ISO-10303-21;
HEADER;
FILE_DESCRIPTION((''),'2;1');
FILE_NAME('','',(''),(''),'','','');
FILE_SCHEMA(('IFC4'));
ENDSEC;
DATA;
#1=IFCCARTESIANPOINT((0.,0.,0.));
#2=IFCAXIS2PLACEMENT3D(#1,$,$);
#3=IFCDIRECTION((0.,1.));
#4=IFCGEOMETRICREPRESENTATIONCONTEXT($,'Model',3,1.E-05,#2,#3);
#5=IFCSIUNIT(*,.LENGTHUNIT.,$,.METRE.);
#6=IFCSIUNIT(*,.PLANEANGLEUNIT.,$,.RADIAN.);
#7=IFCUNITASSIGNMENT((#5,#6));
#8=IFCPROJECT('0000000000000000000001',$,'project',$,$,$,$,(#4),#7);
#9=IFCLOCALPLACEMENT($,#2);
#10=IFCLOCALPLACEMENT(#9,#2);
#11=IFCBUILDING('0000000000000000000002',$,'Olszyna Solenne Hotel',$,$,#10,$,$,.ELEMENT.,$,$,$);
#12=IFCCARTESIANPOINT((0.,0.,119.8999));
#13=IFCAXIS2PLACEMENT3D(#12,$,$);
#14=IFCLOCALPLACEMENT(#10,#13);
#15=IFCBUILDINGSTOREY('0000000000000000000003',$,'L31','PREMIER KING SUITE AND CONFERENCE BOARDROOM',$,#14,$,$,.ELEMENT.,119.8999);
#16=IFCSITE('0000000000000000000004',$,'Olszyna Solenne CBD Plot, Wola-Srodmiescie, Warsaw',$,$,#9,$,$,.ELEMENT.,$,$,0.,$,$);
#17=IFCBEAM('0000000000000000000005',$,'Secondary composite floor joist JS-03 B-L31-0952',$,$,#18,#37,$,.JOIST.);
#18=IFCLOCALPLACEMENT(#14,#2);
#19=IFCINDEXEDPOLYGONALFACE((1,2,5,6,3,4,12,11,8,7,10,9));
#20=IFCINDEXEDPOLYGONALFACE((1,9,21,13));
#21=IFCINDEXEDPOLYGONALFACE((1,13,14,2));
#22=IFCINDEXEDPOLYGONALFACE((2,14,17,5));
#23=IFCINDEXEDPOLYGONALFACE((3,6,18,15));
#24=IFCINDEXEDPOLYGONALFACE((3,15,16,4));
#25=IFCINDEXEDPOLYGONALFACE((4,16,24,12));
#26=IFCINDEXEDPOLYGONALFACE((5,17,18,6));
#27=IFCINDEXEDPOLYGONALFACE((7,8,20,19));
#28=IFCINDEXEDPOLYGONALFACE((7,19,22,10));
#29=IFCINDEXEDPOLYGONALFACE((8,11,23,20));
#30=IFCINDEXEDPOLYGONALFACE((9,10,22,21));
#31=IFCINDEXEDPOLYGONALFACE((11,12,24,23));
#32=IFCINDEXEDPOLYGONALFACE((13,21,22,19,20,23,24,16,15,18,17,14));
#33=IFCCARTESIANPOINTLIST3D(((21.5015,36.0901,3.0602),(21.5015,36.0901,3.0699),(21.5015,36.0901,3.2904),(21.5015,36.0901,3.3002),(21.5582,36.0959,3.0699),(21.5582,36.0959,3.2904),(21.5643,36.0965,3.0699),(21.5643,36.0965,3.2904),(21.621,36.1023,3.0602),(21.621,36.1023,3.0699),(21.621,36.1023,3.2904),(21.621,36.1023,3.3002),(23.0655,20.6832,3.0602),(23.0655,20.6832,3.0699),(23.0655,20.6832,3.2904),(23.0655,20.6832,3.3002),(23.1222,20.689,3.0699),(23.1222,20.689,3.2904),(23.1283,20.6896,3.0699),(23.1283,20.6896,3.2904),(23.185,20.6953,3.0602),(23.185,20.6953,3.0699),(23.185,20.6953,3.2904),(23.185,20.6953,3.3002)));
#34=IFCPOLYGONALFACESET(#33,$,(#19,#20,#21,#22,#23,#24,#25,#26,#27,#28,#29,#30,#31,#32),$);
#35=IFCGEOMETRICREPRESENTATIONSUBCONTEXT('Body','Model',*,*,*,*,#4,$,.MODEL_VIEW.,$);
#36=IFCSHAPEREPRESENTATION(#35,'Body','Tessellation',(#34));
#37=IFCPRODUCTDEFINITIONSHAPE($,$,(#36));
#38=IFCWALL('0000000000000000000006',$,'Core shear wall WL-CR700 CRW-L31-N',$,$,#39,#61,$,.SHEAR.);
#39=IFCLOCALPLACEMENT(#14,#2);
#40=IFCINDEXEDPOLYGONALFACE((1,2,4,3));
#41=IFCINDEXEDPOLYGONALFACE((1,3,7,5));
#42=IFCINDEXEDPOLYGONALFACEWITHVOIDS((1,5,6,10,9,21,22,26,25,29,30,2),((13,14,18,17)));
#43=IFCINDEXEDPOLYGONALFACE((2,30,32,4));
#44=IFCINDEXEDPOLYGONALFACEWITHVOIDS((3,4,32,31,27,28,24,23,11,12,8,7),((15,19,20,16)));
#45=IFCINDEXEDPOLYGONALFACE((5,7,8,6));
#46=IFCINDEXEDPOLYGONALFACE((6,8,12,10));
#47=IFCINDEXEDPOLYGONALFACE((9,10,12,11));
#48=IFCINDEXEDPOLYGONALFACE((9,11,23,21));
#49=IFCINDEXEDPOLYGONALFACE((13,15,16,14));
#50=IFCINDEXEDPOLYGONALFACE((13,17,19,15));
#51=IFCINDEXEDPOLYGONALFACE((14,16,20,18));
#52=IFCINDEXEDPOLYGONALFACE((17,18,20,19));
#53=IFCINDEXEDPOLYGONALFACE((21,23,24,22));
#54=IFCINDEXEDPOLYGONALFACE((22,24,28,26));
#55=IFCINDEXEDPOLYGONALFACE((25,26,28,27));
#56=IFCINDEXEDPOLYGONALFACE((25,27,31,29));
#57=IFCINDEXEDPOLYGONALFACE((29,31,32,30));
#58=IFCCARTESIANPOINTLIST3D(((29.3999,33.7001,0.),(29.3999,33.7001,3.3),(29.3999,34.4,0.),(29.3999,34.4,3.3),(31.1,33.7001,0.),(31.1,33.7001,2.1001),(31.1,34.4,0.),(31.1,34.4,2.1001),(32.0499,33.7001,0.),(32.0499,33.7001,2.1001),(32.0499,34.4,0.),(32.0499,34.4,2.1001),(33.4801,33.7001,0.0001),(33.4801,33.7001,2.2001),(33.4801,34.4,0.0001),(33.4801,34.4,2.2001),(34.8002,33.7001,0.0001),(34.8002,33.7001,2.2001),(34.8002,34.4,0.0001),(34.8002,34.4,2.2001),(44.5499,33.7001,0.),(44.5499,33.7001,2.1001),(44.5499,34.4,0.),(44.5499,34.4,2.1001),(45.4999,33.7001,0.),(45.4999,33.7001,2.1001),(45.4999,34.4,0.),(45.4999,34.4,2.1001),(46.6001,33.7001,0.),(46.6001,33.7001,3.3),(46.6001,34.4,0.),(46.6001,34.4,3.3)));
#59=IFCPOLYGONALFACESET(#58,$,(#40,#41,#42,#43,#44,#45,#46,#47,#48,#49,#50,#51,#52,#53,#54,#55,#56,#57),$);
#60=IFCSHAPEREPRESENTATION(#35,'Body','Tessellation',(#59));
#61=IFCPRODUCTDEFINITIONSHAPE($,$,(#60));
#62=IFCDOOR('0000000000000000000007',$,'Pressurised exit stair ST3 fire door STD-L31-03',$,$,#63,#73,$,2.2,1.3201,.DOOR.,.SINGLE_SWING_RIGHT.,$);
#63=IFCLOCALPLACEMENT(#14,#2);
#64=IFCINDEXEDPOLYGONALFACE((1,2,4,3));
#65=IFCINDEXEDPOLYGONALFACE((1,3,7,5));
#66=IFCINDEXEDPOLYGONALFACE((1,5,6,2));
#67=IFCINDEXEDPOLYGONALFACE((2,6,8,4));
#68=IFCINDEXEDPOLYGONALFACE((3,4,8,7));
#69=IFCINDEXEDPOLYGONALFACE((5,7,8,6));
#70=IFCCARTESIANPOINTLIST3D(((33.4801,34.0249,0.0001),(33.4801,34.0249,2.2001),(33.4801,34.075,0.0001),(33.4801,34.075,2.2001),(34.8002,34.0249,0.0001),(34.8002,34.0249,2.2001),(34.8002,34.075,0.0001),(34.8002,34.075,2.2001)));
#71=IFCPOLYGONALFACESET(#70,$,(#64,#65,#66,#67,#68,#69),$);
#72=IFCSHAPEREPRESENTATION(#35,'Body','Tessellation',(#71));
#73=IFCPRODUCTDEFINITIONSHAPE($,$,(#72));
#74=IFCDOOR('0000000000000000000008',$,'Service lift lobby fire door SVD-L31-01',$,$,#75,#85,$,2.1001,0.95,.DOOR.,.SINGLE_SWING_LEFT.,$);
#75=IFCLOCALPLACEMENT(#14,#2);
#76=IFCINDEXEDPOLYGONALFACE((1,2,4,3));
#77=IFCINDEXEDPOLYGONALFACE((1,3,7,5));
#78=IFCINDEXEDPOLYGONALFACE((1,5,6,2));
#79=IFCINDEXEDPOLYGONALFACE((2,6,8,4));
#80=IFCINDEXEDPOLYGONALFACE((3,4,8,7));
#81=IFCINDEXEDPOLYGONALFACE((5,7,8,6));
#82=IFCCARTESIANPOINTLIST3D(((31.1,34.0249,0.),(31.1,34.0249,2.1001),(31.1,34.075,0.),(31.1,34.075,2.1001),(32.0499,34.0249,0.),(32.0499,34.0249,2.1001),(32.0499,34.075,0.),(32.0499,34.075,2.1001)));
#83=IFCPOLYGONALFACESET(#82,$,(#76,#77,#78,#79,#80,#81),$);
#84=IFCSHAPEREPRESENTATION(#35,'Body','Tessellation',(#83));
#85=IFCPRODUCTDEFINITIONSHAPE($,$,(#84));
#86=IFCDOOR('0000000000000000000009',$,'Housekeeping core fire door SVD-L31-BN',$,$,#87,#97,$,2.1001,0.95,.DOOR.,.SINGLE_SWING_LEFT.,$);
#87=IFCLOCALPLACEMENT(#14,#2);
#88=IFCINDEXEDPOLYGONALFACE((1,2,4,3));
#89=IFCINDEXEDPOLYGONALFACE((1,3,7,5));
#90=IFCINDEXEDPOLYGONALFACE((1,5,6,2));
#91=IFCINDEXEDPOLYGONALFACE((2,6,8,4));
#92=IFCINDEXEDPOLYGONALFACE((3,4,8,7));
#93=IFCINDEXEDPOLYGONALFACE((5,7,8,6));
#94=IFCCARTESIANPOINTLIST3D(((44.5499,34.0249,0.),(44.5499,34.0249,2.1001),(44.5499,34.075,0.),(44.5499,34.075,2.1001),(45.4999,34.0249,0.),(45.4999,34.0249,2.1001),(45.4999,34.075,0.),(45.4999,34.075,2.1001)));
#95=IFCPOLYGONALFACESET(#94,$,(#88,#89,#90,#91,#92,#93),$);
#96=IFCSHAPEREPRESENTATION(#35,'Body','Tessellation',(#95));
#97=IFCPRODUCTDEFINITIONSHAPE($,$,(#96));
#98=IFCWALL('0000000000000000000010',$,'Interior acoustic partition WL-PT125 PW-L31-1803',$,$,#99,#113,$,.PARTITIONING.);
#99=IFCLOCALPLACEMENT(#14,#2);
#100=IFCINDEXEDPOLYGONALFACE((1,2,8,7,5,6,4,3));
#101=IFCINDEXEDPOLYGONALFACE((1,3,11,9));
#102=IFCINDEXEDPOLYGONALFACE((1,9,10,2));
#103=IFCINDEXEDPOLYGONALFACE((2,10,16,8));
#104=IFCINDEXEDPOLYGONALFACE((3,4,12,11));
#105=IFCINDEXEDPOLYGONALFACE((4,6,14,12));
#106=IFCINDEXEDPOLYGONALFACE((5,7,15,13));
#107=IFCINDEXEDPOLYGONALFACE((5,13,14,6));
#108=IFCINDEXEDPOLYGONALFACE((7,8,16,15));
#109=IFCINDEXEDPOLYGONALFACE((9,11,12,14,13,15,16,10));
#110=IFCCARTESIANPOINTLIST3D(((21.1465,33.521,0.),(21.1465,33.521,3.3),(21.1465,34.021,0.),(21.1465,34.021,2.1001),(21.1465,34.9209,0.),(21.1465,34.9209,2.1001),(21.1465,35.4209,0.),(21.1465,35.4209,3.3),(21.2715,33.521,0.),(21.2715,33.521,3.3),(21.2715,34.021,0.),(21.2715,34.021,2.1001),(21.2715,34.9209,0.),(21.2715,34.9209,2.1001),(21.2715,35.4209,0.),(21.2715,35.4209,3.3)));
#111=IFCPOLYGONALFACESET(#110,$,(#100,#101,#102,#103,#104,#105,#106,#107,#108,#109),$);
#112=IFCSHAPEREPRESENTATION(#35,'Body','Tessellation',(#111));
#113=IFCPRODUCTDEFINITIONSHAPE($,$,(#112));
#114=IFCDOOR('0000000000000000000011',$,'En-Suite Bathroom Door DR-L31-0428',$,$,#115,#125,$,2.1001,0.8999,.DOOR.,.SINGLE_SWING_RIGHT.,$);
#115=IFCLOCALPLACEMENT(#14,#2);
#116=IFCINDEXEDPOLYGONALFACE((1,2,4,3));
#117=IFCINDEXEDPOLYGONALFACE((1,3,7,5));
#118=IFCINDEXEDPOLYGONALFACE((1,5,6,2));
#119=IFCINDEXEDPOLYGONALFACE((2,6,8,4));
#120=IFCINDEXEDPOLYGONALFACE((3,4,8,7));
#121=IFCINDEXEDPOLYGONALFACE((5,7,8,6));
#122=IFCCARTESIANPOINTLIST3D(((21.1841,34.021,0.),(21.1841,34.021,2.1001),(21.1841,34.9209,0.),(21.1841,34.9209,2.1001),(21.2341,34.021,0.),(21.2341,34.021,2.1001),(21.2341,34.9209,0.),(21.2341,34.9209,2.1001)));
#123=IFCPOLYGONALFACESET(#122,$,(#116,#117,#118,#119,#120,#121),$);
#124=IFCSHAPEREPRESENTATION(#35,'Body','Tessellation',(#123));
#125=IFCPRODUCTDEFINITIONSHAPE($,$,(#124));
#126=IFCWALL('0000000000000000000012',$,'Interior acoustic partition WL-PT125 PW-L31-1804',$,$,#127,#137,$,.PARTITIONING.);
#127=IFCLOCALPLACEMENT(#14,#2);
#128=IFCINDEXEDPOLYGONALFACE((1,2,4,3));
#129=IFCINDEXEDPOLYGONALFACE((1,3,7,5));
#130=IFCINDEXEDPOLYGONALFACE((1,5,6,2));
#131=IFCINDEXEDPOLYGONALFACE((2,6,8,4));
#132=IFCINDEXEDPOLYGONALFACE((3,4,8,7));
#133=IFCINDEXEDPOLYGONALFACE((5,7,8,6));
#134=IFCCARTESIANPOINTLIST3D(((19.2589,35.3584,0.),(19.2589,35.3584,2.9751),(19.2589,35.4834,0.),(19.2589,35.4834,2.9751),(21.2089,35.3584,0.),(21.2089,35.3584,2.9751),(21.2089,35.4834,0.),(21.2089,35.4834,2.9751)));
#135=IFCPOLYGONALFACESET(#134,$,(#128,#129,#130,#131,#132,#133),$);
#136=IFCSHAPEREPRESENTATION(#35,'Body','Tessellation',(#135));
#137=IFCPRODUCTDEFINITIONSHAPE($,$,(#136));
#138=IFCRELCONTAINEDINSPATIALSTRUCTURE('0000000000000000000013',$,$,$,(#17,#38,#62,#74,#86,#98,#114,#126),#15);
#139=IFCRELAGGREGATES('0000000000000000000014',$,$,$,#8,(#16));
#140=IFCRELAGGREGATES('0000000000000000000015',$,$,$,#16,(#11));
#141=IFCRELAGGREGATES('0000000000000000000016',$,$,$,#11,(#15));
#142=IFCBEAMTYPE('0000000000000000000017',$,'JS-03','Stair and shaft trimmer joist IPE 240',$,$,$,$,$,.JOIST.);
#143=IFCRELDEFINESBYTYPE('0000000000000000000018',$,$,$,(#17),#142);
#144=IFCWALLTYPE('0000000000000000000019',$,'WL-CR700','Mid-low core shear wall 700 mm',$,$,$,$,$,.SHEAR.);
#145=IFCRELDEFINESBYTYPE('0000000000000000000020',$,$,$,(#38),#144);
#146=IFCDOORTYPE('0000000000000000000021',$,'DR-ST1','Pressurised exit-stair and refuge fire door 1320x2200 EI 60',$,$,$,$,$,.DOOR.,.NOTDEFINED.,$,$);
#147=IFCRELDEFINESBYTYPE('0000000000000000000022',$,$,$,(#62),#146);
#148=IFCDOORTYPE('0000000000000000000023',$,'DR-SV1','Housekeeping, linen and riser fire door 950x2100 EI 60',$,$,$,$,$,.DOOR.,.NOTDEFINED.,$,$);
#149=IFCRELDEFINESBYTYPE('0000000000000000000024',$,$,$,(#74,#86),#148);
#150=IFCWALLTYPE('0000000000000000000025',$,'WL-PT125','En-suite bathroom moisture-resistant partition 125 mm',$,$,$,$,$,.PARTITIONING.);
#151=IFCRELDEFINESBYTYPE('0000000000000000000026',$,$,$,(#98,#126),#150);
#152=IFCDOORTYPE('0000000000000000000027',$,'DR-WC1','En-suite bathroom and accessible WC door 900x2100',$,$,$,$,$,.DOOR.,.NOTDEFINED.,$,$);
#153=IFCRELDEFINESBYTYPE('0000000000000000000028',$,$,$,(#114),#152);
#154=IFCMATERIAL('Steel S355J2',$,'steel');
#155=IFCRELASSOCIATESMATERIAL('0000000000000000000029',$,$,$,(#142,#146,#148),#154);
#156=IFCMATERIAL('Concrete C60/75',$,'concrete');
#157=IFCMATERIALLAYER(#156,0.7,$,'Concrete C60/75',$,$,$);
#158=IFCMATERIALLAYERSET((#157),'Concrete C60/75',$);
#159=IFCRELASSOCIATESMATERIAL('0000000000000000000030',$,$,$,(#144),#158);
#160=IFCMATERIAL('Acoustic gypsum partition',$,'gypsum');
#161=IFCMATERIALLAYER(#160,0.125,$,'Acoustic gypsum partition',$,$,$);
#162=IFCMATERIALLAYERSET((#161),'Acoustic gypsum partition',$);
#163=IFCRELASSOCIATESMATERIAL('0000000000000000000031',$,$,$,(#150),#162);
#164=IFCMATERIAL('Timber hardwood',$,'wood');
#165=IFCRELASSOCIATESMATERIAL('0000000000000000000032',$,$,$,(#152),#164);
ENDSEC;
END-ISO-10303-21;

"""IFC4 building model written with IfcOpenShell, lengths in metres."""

from ifc_helpers import new_model, si_unit, direction, frame, frame_2d, origin, origin_2d, place, context, subcontext, project, spatial, rectangle, i_section, extrude, source, transform, mapped, material, layer, layer_set, material_profile, profile_set, type_object, type_shapes, element, fill, save


model = new_model("IFC4")

# Units and contexts
model_context = context("Model", 3, precision=1e-05, world=origin(), true_north=direction((0.0, 1.0)))
body_context = subcontext(model_context, "Body", "Model", "MODEL_VIEW")
ifc_project = project(units=[si_unit("LENGTHUNIT", "METRE"), si_unit("PLANEANGLEUNIT", "RADIAN")], contexts=[model_context])

# Site, building, storey
site_placement = place(None, origin())
site = spatial("IfcSite", under=ifc_project, at=site_placement, Name="Olszyna Solenne CBD Plot, Wola-Srodmiescie, Warsaw", CompositionType="ELEMENT", RefElevation=0.0)
building_placement = place(site_placement, origin())
building = spatial("IfcBuilding", under=site, at=building_placement, Name="Olszyna Solenne Hotel", CompositionType="ELEMENT")
storey_placement = place(building_placement, frame((0.0, 0.0, 119.8999)))
storey = spatial("IfcBuildingStorey", under=building, at=storey_placement, Name="L31", Description="PREMIER KING SUITE AND CONFERENCE BOARDROOM", CompositionType="ELEMENT", Elevation=119.8999)

# Beam
ifc_material_1 = material(Name="Steel S355J2", Category="steel")
ifc_material_profile = material_profile(ifc_material_1, i_section(OverallWidth=0.1201, OverallDepth=0.24, WebThickness=0.0061, FlangeThickness=0.0098, at=origin_2d()), Name="IPE 240", Category="load-bearing")
ifc_profile_set = profile_set([ifc_material_profile], Name="Steel S355J2")
beam_type = type_object("IfcBeamType", Name="JS-03", Description="Stair and shaft trimmer joist IPE 240", PredefinedType="JOIST", material=ifc_profile_set)
shared_shape_1 = source(origin(), body_context, "Body", "SweptSolid", [
    extrude(i_section(OverallWidth=0.1201, OverallDepth=0.24, WebThickness=0.0061, FlangeThickness=0.0098, at=origin_2d()), origin(), (0.0, 0.0, 1.0), 15.4861),
])
beam_placement = place(storey_placement, frame((21.5613, 36.0962, 3.1802), z_axis=(0.100991, -0.994887, 0.0), x_axis=(0.994887, 0.100991, 0.0)))
element("IfcBeam", 1, at=beam_placement, inside=storey, type_object=beam_type, Name="Secondary composite floor joist JS-03 B-L31-0952", PredefinedType="JOIST", context=body_context, shape_type="MappedRepresentation", body=[
    mapped(shared_shape_1, transform((0.0, 0.0, 0.0), x_axis=(1.0, 0.0, 0.0), y_axis=(0.0, 1.0, 0.0), z_axis=(0.0, 0.0, 1.0), scale=1.0)),
])

# Wall, openings, doors
ifc_material_2 = material(Name="Concrete C60/75", Category="concrete")
ifc_layer_1 = layer(ifc_material_2, 0.7, Name="Concrete C60/75")
ifc_layer_set_1 = layer_set([ifc_layer_1], Name="Concrete C60/75")
wall_type_1 = type_object("IfcWallType", Name="WL-CR700", Description="Mid-low core shear wall 700 mm", PredefinedType="SHEAR", material=ifc_layer_set_1)
wall_1_placement = place(storey_placement, frame((29.3999, 34.05, 0.0), z_axis=(0.0, 0.0, 1.0), x_axis=(1.0, 0.0, 0.0)))
wall_1 = element("IfcWall", 2, at=wall_1_placement, inside=storey, type_object=wall_type_1, Name="Core shear wall WL-CR700 CRW-L31-N", PredefinedType="SHEAR", context=body_context, shape_type="SweptSolid", body=[
    extrude(rectangle(XDim=17.2002, YDim=0.7, at=frame_2d((8.6001, 0.0))), origin(), (0.0, 0.0, 1.0), 3.3),
])
opening_1_placement = place(wall_1_placement, frame((1.7, 0.0, 0.0)))
opening_1 = element("IfcOpeningElement", 3, at=opening_1_placement, cuts=wall_1, PredefinedType="OPENING", context=body_context, shape_type="SweptSolid", body=[
    extrude(rectangle(XDim=0.95, YDim=2.1001, at=frame_2d((0.4751, 1.05))), frame((0.0, 0.3599, 0.0), z_axis=(0.0, -1.0, 0.0), x_axis=(1.0, 0.0, 0.0)), (0.0, 0.0, 1.0), 0.72),
])
opening_2_placement = place(wall_1_placement, frame((4.0801, 0.0, 0.0)))
opening_2 = element("IfcOpeningElement", 4, at=opening_2_placement, cuts=wall_1, PredefinedType="OPENING", context=body_context, shape_type="SweptSolid", body=[
    extrude(rectangle(XDim=1.3201, YDim=2.2, at=frame_2d((0.6602, 1.1001))), frame((0.0, 0.3599, 0.0), z_axis=(0.0, -1.0, 0.0), x_axis=(1.0, 0.0, 0.0)), (0.0, 0.0, 1.0), 0.72),
])
opening_3_placement = place(wall_1_placement, frame((15.1499, 0.0, 0.0)))
opening_3 = element("IfcOpeningElement", 5, at=opening_3_placement, cuts=wall_1, PredefinedType="OPENING", context=body_context, shape_type="SweptSolid", body=[
    extrude(rectangle(XDim=0.95, YDim=2.1001, at=frame_2d((0.4751, 1.05))), frame((0.0, 0.3599, 0.0), z_axis=(0.0, -1.0, 0.0), x_axis=(1.0, 0.0, 0.0)), (0.0, 0.0, 1.0), 0.72),
])
door_type_1 = type_object("IfcDoorType", Name="DR-ST1", Description="Pressurised exit-stair and refuge fire door 1320x2200 EI 60", OperationType="NOTDEFINED", PredefinedType="DOOR", material=ifc_material_1)
shared_shape_2 = source(origin(), body_context, "Body", "SweptSolid", [
    extrude(rectangle(XDim=1.3201, YDim=2.2, at=frame_2d((0.6602, 1.1001))), frame((0.0, 0.0249, 0.0), z_axis=(0.0, -1.0, 0.0), x_axis=(1.0, 0.0, 0.0)), (0.0, 0.0, 1.0), 0.05),
])
type_shapes(door_type_1, [shared_shape_2])
door_1_placement = place(opening_2_placement, origin())
door_1 = element("IfcDoor", 6, at=door_1_placement, inside=storey, type_object=door_type_1, Name="Pressurised exit stair ST3 fire door STD-L31-03", OperationType="SINGLE_SWING_RIGHT", OverallHeight=2.2, OverallWidth=1.3201, PredefinedType="DOOR", context=body_context, shape_type="MappedRepresentation", body=[
    mapped(shared_shape_2, transform((0.0, 0.0, 0.0), x_axis=(1.0, 0.0, 0.0), y_axis=(0.0, 1.0, 0.0), z_axis=(0.0, 0.0, 1.0), scale=1.0)),
])
fill(opening_2, door_1)
door_type_2 = type_object("IfcDoorType", Name="DR-SV1", Description="Housekeeping, linen and riser fire door 950x2100 EI 60", OperationType="NOTDEFINED", PredefinedType="DOOR", material=ifc_material_1)
shared_shape_3 = source(origin(), body_context, "Body", "SweptSolid", [
    extrude(rectangle(XDim=0.95, YDim=2.1001, at=frame_2d((0.4751, 1.05))), frame((0.0, 0.0249, 0.0), z_axis=(0.0, -1.0, 0.0), x_axis=(1.0, 0.0, 0.0)), (0.0, 0.0, 1.0), 0.05),
])
type_shapes(door_type_2, [shared_shape_3])
door_2_placement = place(opening_1_placement, origin())
door_2 = element("IfcDoor", 7, at=door_2_placement, inside=storey, type_object=door_type_2, Name="Service lift lobby fire door SVD-L31-01", OperationType="SINGLE_SWING_LEFT", OverallHeight=2.1001, OverallWidth=0.95, PredefinedType="DOOR", context=body_context, shape_type="MappedRepresentation", body=[
    mapped(shared_shape_3, transform((0.0, 0.0, 0.0), x_axis=(1.0, 0.0, 0.0), y_axis=(0.0, 1.0, 0.0), z_axis=(0.0, 0.0, 1.0), scale=1.0)),
])
fill(opening_1, door_2)
door_3_placement = place(opening_3_placement, origin())
door_3 = element("IfcDoor", 8, at=door_3_placement, inside=storey, type_object=door_type_2, Name="Housekeeping core fire door SVD-L31-BN", OperationType="SINGLE_SWING_LEFT", OverallHeight=2.1001, OverallWidth=0.95, PredefinedType="DOOR", context=body_context, shape_type="MappedRepresentation", body=[
    mapped(shared_shape_3, transform((0.0, 0.0, 0.0), x_axis=(1.0, 0.0, 0.0), y_axis=(0.0, 1.0, 0.0), z_axis=(0.0, 0.0, 1.0), scale=1.0)),
])
fill(opening_3, door_3)

# Wall, opening, door
ifc_material_3 = material(Name="Acoustic gypsum partition", Category="gypsum")
ifc_layer_2 = layer(ifc_material_3, 0.125, Name="Acoustic gypsum partition")
ifc_layer_set_2 = layer_set([ifc_layer_2], Name="Acoustic gypsum partition")
wall_type_2 = type_object("IfcWallType", Name="WL-PT125", Description="En-suite bathroom moisture-resistant partition 125 mm", PredefinedType="PARTITIONING", material=ifc_layer_set_2)
wall_2_placement = place(storey_placement, frame((21.209, 33.521, 0.0), z_axis=(0.0, 0.0, 1.0), x_axis=(0.0, 1.0, 0.0)))
wall_2 = element("IfcWall", 9, at=wall_2_placement, inside=storey, type_object=wall_type_2, Name="Interior acoustic partition WL-PT125 PW-L31-1803", PredefinedType="PARTITIONING", context=body_context, shape_type="SweptSolid", body=[
    extrude(rectangle(XDim=1.8999, YDim=0.125, at=frame_2d((0.95, 0.0))), origin(), (0.0, 0.0, 1.0), 3.3),
])
opening_4_placement = place(wall_2_placement, frame((0.5, 0.0, 0.0)))
opening_4 = element("IfcOpeningElement", 10, at=opening_4_placement, cuts=wall_2, PredefinedType="OPENING", context=body_context, shape_type="SweptSolid", body=[
    extrude(rectangle(XDim=0.8999, YDim=2.1001, at=frame_2d((0.45, 1.05))), frame((0.0, 0.0725, 0.0), z_axis=(0.0, -1.0, 0.0), x_axis=(1.0, 0.0, 0.0)), (0.0, 0.0, 1.0), 0.145),
])
ifc_material_4 = material(Name="Timber hardwood", Category="wood")
door_type_3 = type_object("IfcDoorType", Name="DR-WC1", Description="En-suite bathroom and accessible WC door 900x2100", OperationType="NOTDEFINED", PredefinedType="DOOR", material=ifc_material_4)
shared_shape_4 = source(origin(), body_context, "Body", "SweptSolid", [
    extrude(rectangle(XDim=0.8999, YDim=2.1001, at=frame_2d((0.45, 1.05))), frame((0.0, 0.0249, 0.0), z_axis=(0.0, -1.0, 0.0), x_axis=(1.0, 0.0, 0.0)), (0.0, 0.0, 1.0), 0.05),
])
type_shapes(door_type_3, [shared_shape_4])
door_4_placement = place(opening_4_placement, origin())
door_4 = element("IfcDoor", 11, at=door_4_placement, inside=storey, type_object=door_type_3, Name="En-Suite Bathroom Door DR-L31-0428", OperationType="SINGLE_SWING_RIGHT", OverallHeight=2.1001, OverallWidth=0.8999, PredefinedType="DOOR", context=body_context, shape_type="MappedRepresentation", body=[
    mapped(shared_shape_4, transform((0.0, 0.0, 0.0), x_axis=(1.0, 0.0, 0.0), y_axis=(0.0, 1.0, 0.0), z_axis=(0.0, 0.0, 1.0), scale=1.0)),
])
fill(opening_4, door_4)

# Wall
wall_3_placement = place(storey_placement, frame((21.209, 35.4209, 0.0), z_axis=(0.0, 0.0, 1.0), x_axis=(-1.0, 0.0, 0.0)))
element("IfcWall", 12, at=wall_3_placement, inside=storey, type_object=wall_type_2, Name="Interior acoustic partition WL-PT125 PW-L31-1804", PredefinedType="PARTITIONING", context=body_context, shape_type="SweptSolid", body=[
    extrude(rectangle(XDim=1.95, YDim=0.125, at=frame_2d((0.9751, 0.0))), origin(), (0.0, 0.0, 1.0), 2.9751),
])

save(model, "model.ifc")
